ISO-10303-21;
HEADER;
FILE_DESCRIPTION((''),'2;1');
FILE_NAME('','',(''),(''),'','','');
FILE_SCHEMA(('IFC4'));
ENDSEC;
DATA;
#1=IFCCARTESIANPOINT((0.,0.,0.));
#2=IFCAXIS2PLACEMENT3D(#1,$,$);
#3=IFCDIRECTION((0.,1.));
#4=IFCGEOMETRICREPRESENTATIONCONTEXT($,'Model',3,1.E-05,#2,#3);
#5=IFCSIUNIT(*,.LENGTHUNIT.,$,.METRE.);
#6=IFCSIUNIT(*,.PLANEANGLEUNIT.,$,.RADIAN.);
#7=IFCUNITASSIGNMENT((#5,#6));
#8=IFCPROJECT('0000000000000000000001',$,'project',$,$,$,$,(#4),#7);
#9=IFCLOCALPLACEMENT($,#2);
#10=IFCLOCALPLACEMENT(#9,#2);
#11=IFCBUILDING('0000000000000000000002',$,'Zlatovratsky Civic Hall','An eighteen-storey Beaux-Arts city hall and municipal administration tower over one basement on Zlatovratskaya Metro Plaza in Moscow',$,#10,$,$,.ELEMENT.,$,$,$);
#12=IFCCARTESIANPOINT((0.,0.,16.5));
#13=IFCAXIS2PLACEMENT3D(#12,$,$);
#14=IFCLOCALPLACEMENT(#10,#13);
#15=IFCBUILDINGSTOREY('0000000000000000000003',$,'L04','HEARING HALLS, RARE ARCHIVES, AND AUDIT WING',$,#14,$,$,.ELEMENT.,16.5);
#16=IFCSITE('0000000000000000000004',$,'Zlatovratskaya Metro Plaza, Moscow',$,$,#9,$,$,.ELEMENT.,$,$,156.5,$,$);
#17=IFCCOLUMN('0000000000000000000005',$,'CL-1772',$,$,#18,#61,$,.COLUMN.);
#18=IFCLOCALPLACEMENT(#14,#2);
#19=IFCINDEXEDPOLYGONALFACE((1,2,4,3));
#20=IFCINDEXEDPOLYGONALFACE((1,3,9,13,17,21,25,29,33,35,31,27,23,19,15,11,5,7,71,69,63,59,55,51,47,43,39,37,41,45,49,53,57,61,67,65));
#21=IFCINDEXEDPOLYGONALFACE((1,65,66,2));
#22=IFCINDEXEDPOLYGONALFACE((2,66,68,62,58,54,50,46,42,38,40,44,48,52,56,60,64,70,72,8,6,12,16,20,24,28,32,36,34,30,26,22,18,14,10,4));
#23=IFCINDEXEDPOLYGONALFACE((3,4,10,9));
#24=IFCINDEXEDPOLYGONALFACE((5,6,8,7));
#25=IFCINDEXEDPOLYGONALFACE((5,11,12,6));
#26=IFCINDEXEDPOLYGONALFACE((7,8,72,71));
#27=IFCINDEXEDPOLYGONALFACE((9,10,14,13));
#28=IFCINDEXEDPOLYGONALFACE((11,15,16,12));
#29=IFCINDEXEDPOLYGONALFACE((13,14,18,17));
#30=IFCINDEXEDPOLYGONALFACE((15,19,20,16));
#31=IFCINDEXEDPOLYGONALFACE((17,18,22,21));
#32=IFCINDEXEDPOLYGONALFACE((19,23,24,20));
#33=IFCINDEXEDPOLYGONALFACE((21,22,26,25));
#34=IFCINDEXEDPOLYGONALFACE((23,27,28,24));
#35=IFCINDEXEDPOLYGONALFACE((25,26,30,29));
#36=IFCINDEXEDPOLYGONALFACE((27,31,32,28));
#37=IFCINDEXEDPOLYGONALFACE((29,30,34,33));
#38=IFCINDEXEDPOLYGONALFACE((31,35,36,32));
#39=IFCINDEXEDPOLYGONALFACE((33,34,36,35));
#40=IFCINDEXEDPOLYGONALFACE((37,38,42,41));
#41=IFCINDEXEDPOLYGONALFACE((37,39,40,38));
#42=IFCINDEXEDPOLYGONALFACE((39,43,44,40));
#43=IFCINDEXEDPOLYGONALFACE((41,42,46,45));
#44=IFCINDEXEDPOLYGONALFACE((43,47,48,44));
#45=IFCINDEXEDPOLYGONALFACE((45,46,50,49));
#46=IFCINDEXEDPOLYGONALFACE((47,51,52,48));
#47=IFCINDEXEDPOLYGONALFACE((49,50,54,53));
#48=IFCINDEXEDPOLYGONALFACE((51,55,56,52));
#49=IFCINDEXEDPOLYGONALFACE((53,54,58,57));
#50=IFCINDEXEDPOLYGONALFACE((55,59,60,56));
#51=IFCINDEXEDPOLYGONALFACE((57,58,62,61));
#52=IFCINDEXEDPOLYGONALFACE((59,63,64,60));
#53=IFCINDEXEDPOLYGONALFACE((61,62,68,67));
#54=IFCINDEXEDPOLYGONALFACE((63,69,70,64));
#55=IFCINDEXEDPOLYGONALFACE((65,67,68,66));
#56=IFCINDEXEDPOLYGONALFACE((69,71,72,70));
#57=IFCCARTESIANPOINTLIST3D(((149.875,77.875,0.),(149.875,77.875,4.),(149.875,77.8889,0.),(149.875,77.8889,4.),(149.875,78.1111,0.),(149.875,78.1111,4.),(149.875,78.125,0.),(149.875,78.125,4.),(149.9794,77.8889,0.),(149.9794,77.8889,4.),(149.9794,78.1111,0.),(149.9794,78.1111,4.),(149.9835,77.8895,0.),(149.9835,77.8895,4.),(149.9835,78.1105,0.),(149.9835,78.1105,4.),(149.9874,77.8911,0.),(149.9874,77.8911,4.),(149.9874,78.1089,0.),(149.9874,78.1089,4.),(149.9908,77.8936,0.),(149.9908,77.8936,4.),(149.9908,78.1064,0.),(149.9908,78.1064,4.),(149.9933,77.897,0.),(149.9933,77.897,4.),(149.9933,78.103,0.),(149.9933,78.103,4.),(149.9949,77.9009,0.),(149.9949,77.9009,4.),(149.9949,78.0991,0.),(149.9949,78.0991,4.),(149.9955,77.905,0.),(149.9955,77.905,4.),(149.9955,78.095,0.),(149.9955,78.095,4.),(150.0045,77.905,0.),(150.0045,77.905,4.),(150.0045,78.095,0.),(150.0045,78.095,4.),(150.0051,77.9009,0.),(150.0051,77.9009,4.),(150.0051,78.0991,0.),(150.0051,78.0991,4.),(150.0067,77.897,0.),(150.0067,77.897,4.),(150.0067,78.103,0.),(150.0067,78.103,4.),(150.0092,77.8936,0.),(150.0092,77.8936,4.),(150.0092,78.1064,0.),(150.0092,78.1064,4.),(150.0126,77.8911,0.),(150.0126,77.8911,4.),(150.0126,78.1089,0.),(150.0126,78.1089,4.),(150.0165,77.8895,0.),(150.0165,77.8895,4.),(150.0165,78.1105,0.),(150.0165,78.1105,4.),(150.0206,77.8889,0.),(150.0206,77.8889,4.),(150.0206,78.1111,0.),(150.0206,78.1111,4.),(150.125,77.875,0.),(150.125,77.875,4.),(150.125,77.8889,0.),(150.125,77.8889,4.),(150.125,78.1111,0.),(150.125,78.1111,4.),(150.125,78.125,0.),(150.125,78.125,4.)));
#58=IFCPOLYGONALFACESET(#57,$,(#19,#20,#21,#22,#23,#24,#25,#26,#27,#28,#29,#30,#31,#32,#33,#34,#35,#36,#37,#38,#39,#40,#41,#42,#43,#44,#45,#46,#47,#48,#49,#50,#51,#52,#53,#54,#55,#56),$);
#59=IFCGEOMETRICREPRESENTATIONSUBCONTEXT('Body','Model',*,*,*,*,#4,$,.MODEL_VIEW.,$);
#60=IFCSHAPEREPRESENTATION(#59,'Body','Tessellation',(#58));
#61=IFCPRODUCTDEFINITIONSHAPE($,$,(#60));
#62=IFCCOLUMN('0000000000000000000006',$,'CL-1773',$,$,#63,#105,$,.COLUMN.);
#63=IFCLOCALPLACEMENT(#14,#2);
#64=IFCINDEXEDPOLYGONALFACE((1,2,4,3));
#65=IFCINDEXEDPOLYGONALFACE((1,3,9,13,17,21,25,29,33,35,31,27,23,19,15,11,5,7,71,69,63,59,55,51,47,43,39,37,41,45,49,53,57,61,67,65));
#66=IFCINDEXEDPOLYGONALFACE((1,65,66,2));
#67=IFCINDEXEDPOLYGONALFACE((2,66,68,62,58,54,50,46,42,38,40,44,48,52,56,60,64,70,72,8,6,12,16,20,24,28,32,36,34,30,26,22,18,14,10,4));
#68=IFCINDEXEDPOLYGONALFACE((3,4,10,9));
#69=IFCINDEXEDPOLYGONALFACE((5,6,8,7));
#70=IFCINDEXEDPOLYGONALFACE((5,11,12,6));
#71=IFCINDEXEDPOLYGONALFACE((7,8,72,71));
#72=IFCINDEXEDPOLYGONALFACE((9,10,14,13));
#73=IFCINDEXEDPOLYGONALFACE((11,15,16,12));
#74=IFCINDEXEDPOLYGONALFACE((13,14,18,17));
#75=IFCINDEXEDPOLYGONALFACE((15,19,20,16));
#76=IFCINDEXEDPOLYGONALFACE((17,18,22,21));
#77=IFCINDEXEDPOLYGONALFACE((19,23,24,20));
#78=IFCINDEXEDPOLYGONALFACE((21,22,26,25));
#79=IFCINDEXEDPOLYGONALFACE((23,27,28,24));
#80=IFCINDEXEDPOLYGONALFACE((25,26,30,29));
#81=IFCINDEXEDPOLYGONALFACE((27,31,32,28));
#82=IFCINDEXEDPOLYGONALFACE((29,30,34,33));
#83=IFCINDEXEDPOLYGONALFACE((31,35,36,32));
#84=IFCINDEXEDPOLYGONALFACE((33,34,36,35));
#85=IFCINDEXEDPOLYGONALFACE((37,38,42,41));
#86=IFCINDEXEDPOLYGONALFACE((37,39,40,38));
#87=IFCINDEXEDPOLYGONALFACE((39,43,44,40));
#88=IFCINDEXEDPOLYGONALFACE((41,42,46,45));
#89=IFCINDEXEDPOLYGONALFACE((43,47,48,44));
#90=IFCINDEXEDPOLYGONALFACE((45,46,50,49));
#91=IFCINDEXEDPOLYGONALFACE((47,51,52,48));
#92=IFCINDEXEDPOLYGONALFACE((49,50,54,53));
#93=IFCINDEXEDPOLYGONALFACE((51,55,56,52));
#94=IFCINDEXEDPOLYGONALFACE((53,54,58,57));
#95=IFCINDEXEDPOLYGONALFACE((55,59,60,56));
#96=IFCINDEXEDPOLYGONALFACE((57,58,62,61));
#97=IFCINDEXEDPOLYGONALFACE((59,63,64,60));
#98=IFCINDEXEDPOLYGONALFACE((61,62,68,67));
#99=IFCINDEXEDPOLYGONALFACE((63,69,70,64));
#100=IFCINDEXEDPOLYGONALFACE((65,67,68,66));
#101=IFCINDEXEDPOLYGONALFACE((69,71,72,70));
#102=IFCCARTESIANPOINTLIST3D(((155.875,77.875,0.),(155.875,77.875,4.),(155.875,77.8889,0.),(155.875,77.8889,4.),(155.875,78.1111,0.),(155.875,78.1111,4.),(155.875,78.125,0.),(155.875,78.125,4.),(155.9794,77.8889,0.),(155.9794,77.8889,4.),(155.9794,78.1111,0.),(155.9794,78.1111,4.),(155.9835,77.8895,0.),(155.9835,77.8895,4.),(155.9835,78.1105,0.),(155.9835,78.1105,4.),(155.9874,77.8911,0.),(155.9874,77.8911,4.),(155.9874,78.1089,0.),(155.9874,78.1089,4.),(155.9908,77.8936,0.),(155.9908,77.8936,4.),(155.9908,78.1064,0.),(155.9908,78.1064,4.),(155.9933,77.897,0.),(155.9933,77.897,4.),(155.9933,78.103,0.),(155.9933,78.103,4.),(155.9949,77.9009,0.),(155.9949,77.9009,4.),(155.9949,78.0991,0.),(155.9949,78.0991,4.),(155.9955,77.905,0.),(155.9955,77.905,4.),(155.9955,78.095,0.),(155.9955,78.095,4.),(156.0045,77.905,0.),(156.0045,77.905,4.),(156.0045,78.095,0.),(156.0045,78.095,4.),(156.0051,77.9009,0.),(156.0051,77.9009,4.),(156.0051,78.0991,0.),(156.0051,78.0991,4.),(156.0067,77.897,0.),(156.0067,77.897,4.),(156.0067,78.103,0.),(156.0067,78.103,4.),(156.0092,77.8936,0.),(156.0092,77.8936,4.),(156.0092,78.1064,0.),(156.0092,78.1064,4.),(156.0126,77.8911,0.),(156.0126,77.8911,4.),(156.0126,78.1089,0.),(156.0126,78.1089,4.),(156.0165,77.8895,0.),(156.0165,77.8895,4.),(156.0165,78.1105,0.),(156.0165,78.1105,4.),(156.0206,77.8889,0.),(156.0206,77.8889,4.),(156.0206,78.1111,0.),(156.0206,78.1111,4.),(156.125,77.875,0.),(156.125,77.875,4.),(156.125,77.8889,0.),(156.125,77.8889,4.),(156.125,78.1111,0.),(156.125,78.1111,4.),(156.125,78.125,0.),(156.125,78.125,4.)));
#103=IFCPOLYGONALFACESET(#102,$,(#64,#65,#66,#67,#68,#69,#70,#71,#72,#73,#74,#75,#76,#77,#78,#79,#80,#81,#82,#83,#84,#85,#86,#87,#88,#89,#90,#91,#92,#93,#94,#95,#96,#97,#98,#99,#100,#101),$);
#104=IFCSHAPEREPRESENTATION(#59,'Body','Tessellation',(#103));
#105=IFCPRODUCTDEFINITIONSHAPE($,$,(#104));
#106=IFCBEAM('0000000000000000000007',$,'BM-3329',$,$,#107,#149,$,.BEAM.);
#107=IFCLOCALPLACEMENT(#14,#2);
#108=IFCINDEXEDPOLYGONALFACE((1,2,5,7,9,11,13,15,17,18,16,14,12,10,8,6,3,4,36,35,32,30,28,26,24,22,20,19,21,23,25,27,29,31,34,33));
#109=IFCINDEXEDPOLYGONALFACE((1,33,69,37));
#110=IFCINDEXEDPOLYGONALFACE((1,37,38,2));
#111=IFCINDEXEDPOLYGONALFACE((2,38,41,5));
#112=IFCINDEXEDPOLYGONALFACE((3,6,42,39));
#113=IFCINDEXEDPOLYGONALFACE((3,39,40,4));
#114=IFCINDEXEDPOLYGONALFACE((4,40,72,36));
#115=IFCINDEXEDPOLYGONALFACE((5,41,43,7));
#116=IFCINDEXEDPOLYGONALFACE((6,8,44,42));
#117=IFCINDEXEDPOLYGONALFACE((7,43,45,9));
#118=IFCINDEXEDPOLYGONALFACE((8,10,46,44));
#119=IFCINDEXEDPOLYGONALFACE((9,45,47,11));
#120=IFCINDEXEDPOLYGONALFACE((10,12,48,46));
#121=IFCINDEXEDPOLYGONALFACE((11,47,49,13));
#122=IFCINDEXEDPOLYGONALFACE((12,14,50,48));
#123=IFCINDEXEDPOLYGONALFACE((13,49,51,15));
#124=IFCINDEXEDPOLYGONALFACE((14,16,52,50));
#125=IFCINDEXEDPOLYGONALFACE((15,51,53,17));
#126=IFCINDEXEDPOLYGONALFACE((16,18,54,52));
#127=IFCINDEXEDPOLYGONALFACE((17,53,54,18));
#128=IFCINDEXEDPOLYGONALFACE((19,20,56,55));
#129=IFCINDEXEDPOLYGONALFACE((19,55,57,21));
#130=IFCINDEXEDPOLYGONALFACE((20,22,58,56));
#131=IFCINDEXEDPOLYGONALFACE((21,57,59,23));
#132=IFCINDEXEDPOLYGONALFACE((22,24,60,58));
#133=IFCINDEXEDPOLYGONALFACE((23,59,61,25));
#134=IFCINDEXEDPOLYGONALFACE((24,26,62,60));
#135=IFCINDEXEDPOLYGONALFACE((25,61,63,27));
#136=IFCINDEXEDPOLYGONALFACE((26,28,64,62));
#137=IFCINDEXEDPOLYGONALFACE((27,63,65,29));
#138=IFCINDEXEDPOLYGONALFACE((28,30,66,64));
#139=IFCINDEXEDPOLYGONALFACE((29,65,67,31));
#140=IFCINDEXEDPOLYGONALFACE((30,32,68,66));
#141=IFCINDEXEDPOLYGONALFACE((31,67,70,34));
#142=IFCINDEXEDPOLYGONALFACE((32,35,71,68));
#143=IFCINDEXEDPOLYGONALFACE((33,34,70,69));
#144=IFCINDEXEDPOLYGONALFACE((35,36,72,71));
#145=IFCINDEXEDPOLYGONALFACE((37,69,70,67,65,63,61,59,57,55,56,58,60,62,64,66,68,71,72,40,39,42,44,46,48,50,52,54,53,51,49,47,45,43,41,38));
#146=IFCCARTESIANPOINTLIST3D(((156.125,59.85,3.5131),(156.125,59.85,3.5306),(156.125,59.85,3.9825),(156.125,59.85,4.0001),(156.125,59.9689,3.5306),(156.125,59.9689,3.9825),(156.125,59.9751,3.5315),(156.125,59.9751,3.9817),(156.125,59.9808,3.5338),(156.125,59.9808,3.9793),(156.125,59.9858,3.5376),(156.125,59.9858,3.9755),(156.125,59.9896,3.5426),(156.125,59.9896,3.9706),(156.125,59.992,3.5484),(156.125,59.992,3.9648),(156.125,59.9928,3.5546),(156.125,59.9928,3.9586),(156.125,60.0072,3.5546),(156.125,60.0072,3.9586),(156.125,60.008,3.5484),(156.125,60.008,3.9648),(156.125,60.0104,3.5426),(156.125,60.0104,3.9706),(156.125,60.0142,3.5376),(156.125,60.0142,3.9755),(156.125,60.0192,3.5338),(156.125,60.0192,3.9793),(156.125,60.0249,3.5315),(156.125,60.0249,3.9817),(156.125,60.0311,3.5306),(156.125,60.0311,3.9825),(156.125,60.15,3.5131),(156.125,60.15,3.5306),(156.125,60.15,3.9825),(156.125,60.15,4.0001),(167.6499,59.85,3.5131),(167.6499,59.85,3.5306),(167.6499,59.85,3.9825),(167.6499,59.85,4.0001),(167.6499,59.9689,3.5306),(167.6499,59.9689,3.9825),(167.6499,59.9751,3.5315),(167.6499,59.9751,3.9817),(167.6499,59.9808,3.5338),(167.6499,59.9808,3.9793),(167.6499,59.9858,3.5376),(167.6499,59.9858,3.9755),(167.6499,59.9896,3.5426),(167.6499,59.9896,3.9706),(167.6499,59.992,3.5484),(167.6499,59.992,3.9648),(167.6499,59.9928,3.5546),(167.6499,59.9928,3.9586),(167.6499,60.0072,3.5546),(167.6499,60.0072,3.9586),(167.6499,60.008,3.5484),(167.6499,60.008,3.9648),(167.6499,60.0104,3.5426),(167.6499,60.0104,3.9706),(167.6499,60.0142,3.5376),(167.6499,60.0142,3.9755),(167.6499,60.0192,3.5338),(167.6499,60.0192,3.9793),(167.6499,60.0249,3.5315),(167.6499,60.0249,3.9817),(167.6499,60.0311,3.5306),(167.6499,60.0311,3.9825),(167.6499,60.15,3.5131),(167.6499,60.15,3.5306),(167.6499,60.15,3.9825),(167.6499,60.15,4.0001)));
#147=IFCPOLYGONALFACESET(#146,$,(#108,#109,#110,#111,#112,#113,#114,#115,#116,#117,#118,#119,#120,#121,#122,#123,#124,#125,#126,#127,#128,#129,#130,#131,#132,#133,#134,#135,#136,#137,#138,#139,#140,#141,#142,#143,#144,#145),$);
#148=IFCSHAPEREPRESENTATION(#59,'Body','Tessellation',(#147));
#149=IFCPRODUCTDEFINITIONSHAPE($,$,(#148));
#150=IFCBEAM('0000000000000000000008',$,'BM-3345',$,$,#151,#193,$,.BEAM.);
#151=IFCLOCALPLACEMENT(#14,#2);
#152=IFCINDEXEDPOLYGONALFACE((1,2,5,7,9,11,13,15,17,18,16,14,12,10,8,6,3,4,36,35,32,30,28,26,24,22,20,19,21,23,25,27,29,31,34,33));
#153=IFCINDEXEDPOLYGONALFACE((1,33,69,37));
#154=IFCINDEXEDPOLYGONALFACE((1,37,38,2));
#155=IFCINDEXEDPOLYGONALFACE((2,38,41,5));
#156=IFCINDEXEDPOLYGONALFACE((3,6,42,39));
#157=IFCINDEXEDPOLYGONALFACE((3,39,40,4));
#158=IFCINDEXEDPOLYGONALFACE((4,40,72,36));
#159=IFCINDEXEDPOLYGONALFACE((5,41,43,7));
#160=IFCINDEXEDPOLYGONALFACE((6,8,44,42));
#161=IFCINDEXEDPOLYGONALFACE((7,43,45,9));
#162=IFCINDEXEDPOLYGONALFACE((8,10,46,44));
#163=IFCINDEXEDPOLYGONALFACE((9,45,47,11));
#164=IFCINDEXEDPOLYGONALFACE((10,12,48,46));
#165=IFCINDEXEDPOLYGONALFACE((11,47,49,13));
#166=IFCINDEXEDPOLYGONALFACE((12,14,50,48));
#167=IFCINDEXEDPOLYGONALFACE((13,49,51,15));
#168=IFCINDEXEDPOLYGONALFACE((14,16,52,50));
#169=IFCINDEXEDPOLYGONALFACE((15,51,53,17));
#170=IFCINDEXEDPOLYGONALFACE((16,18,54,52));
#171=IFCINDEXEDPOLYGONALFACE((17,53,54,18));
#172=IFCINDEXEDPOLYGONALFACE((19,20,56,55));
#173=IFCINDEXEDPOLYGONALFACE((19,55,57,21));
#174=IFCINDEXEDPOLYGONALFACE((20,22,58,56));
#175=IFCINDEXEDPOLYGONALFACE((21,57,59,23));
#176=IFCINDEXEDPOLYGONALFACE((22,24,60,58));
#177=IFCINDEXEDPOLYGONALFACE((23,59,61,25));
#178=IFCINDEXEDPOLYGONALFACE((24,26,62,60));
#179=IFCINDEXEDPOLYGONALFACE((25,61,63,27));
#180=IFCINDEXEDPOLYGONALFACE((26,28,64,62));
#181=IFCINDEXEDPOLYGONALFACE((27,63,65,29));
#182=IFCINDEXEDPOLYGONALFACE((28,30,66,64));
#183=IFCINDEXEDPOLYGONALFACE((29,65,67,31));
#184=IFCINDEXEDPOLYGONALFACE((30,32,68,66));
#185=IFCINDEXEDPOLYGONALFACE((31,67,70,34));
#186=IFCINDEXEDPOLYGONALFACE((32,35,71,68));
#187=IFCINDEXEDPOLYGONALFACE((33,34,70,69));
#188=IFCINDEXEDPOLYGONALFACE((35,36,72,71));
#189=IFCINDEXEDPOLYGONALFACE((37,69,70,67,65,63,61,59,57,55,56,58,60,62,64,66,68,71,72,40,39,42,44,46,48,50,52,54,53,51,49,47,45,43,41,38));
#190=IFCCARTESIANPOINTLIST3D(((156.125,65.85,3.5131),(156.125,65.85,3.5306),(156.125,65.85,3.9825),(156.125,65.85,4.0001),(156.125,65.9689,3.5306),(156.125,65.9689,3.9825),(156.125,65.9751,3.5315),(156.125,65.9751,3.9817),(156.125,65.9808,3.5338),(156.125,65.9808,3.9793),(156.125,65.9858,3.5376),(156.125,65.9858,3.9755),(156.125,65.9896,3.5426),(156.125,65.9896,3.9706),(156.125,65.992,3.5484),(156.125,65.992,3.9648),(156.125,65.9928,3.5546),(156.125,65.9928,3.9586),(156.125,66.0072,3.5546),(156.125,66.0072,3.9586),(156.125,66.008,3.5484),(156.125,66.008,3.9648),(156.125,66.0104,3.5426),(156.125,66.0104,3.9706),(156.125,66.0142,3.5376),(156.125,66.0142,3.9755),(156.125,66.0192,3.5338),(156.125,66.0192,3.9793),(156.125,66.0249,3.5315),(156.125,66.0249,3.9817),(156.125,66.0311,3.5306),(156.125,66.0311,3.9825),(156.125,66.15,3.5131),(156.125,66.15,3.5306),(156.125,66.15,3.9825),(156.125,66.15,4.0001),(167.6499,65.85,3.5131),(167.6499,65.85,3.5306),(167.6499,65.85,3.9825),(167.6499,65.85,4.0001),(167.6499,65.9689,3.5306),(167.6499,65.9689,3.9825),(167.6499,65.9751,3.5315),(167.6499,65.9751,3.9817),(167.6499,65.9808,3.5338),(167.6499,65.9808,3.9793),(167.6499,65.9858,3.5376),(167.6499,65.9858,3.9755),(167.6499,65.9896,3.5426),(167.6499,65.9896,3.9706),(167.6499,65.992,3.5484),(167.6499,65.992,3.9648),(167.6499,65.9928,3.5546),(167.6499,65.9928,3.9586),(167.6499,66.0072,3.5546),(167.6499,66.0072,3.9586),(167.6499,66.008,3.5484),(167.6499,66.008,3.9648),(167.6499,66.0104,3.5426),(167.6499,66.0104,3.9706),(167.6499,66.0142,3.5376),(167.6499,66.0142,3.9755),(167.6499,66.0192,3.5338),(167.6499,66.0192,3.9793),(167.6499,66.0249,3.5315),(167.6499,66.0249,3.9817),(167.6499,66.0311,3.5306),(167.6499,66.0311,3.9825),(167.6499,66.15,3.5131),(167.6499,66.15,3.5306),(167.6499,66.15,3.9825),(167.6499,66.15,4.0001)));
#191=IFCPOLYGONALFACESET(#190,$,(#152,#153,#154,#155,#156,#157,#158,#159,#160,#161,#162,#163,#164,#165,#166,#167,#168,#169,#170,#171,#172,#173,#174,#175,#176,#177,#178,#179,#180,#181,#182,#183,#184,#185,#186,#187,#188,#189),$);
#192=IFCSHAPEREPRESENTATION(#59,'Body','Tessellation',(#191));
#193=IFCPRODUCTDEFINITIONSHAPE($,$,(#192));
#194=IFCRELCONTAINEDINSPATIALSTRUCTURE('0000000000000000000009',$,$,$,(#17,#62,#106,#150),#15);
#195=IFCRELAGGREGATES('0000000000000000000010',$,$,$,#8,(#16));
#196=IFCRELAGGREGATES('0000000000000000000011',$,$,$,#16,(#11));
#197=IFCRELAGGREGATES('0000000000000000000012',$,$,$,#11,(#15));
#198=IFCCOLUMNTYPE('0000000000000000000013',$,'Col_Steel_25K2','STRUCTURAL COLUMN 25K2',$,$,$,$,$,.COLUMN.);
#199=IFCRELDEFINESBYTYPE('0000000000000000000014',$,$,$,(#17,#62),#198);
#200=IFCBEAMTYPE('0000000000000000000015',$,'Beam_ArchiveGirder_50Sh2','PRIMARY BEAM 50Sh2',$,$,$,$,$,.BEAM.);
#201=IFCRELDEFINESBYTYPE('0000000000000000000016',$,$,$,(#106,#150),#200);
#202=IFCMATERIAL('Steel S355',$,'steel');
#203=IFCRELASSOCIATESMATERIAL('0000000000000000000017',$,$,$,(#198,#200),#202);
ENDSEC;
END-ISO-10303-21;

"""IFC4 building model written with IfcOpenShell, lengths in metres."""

from ifc_helpers import new_model, si_unit, direction, frame, origin, origin_2d, place, context, subcontext, project, spatial, i_section, extrude, material, material_profile, profile_set, type_object, element, save


model = new_model("IFC4")

# Units and contexts
model_context = context("Model", 3, precision=1e-05, world=origin(), true_north=direction((0.0, 1.0)))
body_context = subcontext(model_context, "Body", "Model", "MODEL_VIEW")
ifc_project = project(units=[si_unit("LENGTHUNIT", "METRE"), si_unit("PLANEANGLEUNIT", "RADIAN")], contexts=[model_context])

# Site, building, storey
site_placement = place(None, origin())
site = spatial("IfcSite", under=ifc_project, at=site_placement, Name="Zlatovratskaya Metro Plaza, Moscow", CompositionType="ELEMENT", RefElevation=156.5)
building_placement = place(site_placement, origin())
building = spatial("IfcBuilding", under=site, at=building_placement, Name="Zlatovratsky Civic Hall", Description="An eighteen-storey Beaux-Arts city hall and municipal administration tower over one basement on Zlatovratskaya Metro Plaza in Moscow", CompositionType="ELEMENT")
storey_placement = place(building_placement, frame((0.0, 0.0, 16.5)))
storey = spatial("IfcBuildingStorey", under=building, at=storey_placement, Name="L04", Description="HEARING HALLS, RARE ARCHIVES, AND AUDIT WING", CompositionType="ELEMENT", Elevation=16.5)

# Columns
ifc_material_1 = material(Name="Steel S355", Category="steel")
ifc_material_profile_1 = material_profile(ifc_material_1, i_section(OverallWidth=0.25, OverallDepth=0.25, WebThickness=0.009, FlangeThickness=0.0139, FilletRadius=0.0161, at=origin_2d()), Name="25K2")
ifc_profile_set_1 = profile_set([ifc_material_profile_1], Name="Steel S355")
column_type_1 = type_object("IfcColumnType", Name="Col_Steel_25K2", Description="STRUCTURAL COLUMN 25K2", PredefinedType="COLUMN", material=ifc_profile_set_1)
for number, where, z_axis, x_axis, name in (
    (1, (150.0, 78.0, 0.0), (0.0, 0.0, 1.0), (1.0, 0.0, 0.0), "CL-1772"),
    (2, (156.0, 78.0, 0.0), (0.0, 0.0, 1.0), (1.0, 0.0, 0.0), "CL-1773"),
):
    element("IfcColumn", number, at=place(storey_placement, frame(where, z_axis=z_axis, x_axis=x_axis)), inside=storey, type_object=column_type_1, Name=name, PredefinedType="COLUMN", context=body_context, shape_type="SweptSolid", body=[
        extrude(i_section(OverallWidth=0.25, OverallDepth=0.25, WebThickness=0.009, FlangeThickness=0.0139, FilletRadius=0.0161, at=origin_2d()), origin(), (0.0, 0.0, 1.0), 4.0),
    ])

# Beams
ifc_material_profile_2 = material_profile(ifc_material_1, i_section(OverallWidth=0.3, OverallDepth=0.4871, WebThickness=0.0144, FlangeThickness=0.0176, FilletRadius=0.0239, at=origin_2d()), Name="50Sh2")
ifc_profile_set_2 = profile_set([ifc_material_profile_2], Name="Steel S355")
beam_type_1 = type_object("IfcBeamType", Name="Beam_ArchiveGirder_50Sh2", Description="PRIMARY BEAM 50Sh2", PredefinedType="BEAM", material=ifc_profile_set_2)
for number, where, z_axis, x_axis, name in (
    (3, (156.125, 60.0, 3.7566), (1.0, 0.0, 0.0), (0.0, 1.0, 0.0), "BM-3329"),
    (4, (156.125, 66.0, 3.7566), (1.0, 0.0, 0.0), (0.0, 1.0, 0.0), "BM-3345"),
):
    element("IfcBeam", number, at=place(storey_placement, frame(where, z_axis=z_axis, x_axis=x_axis)), inside=storey, type_object=beam_type_1, Name=name, PredefinedType="BEAM", context=body_context, shape_type="SweptSolid", body=[
        extrude(i_section(OverallWidth=0.3, OverallDepth=0.4871, WebThickness=0.0144, FlangeThickness=0.0176, FilletRadius=0.0239, at=origin_2d()), origin(), (0.0, 0.0, 1.0), 11.5249),
    ])

save(model, "model.ifc")
